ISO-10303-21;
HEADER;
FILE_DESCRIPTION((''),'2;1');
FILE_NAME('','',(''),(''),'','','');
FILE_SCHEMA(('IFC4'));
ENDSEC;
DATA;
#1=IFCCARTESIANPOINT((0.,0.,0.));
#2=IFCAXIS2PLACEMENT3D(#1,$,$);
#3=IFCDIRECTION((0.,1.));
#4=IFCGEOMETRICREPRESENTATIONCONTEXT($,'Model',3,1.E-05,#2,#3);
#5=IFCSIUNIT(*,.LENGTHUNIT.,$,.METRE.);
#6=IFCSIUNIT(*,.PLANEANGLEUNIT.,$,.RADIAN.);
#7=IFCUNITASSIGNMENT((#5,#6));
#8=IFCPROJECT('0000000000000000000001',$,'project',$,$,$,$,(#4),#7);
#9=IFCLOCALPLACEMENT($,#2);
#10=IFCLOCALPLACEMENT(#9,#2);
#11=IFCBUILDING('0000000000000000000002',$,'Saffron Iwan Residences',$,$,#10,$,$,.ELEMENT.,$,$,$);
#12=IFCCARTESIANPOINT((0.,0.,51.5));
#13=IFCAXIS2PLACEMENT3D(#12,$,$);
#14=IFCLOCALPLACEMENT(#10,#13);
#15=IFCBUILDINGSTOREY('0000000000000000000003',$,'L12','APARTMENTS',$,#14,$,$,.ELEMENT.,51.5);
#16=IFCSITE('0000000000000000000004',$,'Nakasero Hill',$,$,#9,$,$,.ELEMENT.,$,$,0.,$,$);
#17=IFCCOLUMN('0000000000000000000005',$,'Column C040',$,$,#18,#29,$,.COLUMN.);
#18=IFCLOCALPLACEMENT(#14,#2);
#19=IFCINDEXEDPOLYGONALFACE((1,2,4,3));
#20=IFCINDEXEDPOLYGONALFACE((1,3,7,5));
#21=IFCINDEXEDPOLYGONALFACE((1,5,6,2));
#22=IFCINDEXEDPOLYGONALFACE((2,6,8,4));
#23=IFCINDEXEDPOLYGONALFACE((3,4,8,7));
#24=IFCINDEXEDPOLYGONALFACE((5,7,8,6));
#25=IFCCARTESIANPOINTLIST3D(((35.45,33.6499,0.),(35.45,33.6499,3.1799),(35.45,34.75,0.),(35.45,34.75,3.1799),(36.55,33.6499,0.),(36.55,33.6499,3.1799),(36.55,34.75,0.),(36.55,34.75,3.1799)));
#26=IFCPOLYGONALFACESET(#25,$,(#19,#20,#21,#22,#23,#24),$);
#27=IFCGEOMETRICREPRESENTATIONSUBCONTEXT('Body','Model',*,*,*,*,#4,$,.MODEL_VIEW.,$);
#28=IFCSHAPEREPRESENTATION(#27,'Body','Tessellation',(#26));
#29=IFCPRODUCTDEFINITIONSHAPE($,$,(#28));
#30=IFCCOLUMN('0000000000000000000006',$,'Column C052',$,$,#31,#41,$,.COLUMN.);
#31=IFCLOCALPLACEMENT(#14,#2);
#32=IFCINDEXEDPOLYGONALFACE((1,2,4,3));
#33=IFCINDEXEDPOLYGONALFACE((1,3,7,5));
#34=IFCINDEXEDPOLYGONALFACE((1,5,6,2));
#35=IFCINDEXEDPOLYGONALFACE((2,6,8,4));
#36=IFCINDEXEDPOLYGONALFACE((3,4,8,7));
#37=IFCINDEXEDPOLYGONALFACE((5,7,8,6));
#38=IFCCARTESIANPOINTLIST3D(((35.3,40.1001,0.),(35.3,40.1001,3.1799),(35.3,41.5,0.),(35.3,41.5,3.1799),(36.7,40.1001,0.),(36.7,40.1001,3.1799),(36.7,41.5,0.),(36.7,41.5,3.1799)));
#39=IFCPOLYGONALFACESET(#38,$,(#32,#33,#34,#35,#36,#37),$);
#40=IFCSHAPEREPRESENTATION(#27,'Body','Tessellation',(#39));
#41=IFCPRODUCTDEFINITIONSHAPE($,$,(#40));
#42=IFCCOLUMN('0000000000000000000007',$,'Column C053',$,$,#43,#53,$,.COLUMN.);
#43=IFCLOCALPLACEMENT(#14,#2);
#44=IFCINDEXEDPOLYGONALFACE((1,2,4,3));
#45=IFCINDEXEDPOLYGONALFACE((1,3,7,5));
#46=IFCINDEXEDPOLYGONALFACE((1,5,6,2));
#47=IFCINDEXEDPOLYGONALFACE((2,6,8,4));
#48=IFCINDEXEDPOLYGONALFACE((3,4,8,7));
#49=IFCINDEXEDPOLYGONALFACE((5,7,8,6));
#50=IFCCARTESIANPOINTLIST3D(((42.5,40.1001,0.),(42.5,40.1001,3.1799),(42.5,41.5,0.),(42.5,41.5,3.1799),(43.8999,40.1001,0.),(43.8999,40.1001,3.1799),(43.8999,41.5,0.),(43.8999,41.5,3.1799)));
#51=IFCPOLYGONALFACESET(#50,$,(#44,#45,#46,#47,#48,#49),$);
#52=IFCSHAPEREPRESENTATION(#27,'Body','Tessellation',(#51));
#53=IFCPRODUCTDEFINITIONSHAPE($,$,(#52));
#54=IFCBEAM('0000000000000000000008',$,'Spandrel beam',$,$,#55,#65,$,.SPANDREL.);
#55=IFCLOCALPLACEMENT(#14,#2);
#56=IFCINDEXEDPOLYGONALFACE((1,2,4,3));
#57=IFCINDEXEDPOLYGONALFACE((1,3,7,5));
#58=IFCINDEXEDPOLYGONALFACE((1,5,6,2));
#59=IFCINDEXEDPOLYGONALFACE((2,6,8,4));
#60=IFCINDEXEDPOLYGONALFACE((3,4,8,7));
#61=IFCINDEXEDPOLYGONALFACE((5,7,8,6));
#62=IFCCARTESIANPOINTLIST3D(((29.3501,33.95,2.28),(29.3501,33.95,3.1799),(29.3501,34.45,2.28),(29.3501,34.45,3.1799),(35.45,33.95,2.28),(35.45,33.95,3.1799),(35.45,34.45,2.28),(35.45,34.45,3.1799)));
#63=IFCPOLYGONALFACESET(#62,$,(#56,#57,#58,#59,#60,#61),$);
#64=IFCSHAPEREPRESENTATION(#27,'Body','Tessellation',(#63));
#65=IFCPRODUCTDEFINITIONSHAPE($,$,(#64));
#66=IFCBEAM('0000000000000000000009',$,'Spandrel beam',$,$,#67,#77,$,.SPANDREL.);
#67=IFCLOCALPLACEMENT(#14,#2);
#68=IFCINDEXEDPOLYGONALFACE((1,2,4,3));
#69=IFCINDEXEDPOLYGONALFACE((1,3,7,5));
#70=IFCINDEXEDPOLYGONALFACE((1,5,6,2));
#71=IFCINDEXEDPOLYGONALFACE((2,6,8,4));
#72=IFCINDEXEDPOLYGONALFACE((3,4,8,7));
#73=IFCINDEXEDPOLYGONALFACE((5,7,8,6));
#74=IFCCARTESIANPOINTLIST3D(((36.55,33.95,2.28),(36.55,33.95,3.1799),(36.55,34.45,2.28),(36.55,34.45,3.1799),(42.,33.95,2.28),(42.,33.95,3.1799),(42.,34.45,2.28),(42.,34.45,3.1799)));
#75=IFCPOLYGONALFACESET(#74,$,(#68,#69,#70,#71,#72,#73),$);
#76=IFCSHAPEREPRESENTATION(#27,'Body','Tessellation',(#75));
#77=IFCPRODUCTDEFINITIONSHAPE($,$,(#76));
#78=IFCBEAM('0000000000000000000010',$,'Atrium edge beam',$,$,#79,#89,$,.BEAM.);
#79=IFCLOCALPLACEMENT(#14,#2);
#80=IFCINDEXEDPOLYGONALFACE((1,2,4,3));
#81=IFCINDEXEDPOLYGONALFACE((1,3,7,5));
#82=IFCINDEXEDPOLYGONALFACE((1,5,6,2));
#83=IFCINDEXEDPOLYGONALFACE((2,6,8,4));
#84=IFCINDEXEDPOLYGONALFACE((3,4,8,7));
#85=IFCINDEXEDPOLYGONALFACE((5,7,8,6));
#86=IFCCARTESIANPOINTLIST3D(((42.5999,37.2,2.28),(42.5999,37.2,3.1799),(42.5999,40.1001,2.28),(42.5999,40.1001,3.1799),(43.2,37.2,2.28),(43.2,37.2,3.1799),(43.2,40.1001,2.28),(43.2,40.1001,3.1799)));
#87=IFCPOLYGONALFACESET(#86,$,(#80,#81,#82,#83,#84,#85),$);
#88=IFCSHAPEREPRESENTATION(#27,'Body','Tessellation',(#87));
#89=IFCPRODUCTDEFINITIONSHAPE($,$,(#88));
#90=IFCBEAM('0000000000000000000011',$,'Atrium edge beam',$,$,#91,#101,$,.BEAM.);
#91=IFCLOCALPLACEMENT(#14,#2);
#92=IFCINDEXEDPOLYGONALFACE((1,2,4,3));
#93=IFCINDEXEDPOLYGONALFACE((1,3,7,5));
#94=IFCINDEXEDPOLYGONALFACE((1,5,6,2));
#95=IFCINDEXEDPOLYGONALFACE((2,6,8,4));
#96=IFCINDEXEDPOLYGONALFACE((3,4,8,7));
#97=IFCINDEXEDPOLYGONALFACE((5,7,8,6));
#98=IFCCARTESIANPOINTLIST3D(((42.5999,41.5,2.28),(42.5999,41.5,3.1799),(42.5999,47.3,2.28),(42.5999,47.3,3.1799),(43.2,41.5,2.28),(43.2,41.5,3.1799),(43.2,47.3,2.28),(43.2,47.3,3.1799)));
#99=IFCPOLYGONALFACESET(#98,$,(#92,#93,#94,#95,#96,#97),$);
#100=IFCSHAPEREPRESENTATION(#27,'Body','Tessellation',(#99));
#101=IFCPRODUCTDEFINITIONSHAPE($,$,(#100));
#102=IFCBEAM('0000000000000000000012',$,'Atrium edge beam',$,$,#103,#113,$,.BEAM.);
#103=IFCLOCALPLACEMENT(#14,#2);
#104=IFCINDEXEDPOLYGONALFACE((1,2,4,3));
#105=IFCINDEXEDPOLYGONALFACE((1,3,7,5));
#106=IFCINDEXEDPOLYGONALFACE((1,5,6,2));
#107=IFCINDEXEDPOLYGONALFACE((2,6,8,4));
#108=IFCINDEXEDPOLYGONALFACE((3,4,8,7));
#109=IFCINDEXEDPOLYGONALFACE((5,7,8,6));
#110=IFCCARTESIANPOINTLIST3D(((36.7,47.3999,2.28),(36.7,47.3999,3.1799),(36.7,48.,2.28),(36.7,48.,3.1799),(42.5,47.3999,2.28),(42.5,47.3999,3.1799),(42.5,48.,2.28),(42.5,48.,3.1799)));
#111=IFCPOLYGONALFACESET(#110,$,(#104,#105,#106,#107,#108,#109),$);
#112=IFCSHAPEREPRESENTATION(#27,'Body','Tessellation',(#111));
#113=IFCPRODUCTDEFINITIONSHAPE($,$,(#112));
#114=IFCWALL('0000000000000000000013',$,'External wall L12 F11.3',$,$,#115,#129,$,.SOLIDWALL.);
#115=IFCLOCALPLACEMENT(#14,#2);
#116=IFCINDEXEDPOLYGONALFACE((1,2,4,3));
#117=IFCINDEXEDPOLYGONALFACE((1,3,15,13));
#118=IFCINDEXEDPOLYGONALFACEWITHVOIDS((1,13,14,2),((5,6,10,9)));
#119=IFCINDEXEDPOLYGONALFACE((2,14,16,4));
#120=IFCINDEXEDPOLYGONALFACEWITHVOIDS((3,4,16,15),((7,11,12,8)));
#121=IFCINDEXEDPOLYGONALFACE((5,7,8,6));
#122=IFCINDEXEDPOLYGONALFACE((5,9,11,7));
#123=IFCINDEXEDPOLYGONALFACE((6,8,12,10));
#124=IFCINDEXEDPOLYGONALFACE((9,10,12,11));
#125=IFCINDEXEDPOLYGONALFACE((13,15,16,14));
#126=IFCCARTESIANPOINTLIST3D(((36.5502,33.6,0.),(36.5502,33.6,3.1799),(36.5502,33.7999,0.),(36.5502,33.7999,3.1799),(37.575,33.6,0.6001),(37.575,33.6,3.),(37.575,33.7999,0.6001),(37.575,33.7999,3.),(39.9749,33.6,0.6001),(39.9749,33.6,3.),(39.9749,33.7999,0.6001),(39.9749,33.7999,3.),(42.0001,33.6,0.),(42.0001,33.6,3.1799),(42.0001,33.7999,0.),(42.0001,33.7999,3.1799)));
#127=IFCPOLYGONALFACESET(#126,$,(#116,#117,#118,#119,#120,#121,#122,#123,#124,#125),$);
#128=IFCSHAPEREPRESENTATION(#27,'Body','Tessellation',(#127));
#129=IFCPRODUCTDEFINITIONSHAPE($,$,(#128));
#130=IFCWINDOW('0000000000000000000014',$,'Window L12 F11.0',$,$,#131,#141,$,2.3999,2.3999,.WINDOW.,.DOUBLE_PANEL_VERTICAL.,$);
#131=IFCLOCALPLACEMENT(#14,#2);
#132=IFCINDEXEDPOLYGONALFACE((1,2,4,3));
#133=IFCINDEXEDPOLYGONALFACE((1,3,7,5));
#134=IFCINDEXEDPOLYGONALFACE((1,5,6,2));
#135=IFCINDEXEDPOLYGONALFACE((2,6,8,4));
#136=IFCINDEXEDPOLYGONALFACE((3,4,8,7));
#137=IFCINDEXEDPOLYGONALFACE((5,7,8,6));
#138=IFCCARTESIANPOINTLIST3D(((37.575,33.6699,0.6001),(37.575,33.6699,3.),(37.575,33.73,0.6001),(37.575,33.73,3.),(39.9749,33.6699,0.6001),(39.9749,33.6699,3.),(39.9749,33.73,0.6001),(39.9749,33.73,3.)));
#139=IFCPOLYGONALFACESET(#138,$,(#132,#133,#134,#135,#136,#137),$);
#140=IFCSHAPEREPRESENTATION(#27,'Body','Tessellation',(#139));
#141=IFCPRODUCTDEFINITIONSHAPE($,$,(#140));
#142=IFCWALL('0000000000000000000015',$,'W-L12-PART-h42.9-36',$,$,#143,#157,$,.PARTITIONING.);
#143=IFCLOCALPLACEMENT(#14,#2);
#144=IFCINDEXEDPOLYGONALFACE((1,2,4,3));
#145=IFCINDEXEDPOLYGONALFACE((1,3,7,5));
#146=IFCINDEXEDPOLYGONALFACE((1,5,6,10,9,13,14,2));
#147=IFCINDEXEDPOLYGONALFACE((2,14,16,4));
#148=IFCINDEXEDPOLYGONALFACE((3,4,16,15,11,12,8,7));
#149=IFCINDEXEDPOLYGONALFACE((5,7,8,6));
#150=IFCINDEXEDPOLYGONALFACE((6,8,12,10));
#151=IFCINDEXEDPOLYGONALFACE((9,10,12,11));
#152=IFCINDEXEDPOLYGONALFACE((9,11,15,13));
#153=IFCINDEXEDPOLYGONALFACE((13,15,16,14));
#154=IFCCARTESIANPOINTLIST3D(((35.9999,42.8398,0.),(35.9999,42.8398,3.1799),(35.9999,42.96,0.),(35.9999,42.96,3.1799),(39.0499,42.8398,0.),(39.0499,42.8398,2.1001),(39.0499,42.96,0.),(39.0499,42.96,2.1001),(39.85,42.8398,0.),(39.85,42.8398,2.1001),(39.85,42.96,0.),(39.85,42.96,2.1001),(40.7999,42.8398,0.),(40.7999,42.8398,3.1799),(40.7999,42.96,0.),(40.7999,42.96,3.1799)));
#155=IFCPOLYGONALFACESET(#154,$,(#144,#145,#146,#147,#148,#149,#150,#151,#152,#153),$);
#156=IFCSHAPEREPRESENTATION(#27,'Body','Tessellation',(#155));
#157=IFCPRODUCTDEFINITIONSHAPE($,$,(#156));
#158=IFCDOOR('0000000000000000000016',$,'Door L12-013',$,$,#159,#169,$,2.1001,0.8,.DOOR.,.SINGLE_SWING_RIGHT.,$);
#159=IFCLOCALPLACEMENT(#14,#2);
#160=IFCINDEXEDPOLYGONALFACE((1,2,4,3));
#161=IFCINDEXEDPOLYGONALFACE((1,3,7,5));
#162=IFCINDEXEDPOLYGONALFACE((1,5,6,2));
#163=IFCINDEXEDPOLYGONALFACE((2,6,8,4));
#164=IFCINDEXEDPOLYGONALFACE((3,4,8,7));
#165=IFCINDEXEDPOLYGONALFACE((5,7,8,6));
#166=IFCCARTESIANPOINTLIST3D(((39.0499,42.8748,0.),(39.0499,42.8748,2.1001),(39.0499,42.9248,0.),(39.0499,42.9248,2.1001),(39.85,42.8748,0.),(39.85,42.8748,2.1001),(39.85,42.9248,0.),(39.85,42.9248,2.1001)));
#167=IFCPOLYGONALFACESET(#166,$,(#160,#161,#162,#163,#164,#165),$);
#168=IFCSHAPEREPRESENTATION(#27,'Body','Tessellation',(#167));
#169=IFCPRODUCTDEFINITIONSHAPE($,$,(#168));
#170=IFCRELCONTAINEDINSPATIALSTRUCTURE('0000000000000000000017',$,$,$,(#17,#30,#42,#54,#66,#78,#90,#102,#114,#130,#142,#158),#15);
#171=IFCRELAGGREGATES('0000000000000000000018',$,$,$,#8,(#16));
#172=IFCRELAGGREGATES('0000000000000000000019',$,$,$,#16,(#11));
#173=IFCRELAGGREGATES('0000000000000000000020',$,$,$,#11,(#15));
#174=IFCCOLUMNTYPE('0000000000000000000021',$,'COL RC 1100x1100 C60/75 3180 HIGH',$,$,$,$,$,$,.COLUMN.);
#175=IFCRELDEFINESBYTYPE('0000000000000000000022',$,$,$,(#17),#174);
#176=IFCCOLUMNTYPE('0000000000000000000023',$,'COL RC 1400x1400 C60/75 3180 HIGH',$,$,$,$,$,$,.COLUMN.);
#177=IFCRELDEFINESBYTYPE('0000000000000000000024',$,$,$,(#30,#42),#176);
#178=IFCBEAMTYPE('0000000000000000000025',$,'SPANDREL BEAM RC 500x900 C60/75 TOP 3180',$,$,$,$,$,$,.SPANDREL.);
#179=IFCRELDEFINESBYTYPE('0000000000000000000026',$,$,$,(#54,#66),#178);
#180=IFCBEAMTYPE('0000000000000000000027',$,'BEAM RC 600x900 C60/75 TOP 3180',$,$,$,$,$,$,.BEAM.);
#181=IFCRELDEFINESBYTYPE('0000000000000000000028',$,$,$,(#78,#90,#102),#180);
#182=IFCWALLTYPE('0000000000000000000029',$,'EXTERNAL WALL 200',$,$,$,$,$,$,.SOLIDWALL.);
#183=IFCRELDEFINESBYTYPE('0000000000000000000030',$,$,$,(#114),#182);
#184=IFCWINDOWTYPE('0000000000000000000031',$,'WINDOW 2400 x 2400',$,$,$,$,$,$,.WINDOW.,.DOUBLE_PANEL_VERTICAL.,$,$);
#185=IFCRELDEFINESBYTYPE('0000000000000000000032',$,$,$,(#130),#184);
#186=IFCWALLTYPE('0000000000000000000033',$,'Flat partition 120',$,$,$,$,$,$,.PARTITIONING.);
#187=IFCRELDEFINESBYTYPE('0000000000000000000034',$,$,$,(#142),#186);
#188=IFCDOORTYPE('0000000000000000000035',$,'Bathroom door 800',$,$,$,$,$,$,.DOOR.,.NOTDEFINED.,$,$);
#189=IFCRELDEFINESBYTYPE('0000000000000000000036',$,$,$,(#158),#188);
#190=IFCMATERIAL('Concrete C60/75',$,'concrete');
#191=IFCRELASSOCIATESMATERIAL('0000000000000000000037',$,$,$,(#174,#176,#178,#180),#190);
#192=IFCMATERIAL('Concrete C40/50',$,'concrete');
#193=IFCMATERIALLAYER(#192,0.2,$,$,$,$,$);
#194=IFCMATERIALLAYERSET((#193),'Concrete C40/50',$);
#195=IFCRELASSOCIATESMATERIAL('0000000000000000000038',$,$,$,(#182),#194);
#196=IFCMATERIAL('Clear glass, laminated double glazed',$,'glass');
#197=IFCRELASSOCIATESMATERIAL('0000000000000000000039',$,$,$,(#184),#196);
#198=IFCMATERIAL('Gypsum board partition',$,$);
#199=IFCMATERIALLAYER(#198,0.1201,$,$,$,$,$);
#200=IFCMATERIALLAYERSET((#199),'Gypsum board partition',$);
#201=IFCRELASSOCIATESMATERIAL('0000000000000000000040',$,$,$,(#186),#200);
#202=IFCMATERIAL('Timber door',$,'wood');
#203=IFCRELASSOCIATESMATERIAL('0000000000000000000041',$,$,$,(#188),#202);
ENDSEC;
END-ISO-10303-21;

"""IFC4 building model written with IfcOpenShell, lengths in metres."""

from ifc_helpers import new_model, si_unit, direction, frame, frame_2d, origin, origin_2d, place, context, subcontext, project, spatial, rectangle, extrude, source, transform, mapped, material, layer, layer_set, material_profile, profile_set, type_object, element, fill, save


model = new_model("IFC4")

# Units and contexts
model_context = context("Model", 3, precision=1e-05, world=origin(), true_north=direction((0.0, 1.0)))
body_context = subcontext(model_context, "Body", "Model", "MODEL_VIEW")
ifc_project = project(units=[si_unit("LENGTHUNIT", "METRE"), si_unit("PLANEANGLEUNIT", "RADIAN")], contexts=[model_context])

# Site, building, storey
site_placement = place(None, origin())
site = spatial("IfcSite", under=ifc_project, at=site_placement, Name="Nakasero Hill", CompositionType="ELEMENT", RefElevation=0.0)
building_placement = place(site_placement, origin())
building = spatial("IfcBuilding", under=site, at=building_placement, Name="Saffron Iwan Residences", CompositionType="ELEMENT")
storey_placement = place(building_placement, frame((0.0, 0.0, 51.5)))
storey = spatial("IfcBuildingStorey", under=building, at=storey_placement, Name="L12", Description="APARTMENTS", CompositionType="ELEMENT", Elevation=51.5)

# Columns
ifc_material_1 = material(Name="Concrete C60/75", Category="concrete")
ifc_material_profile_1 = material_profile(ifc_material_1, rectangle(XDim=1.1001, YDim=1.1001, at=origin_2d()), Name="RC 1100x1100")
ifc_profile_set_1 = profile_set([ifc_material_profile_1], Name="Concrete C60/75")
column_type_1 = type_object("IfcColumnType", Name="COL RC 1100x1100 C60/75 3180 HIGH", PredefinedType="COLUMN", material=ifc_profile_set_1)
shared_shape_1 = source(origin(), body_context, "Body", "SweptSolid", [
    extrude(rectangle(XDim=1.1001, YDim=1.1001, at=origin_2d()), origin(), (0.0, 0.0, 1.0), 3.1799),
])
column_placement = place(storey_placement, frame((36.0, 34.2, 0.0), z_axis=(0.0, 0.0, 1.0), x_axis=(1.0, 0.0, 0.0)))
element("IfcColumn", 1, at=column_placement, inside=storey, type_object=column_type_1, Name="Column C040", PredefinedType="COLUMN", context=body_context, shape_type="MappedRepresentation", body=[
    mapped(shared_shape_1, transform((0.0, 0.0, 0.0))),
])
ifc_material_profile_2 = material_profile(ifc_material_1, rectangle(XDim=1.3999, YDim=1.3999, at=origin_2d()), Name="RC 1400x1400")
ifc_profile_set_2 = profile_set([ifc_material_profile_2], Name="Concrete C60/75")
column_type_2 = type_object("IfcColumnType", Name="COL RC 1400x1400 C60/75 3180 HIGH", PredefinedType="COLUMN", material=ifc_profile_set_2)
shared_shape_2 = source(origin(), body_context, "Body", "SweptSolid", [
    extrude(rectangle(XDim=1.3999, YDim=1.3999, at=origin_2d()), origin(), (0.0, 0.0, 1.0), 3.1799),
])
for number, where, z_axis, x_axis, name in (
    (2, (36.0, 40.8, 0.0), (0.0, 0.0, 1.0), (1.0, 0.0, 0.0), "Column C052"),
    (3, (43.2, 40.8, 0.0), (0.0, 0.0, 1.0), (1.0, 0.0, 0.0), "Column C053"),
):
    element("IfcColumn", number, at=place(storey_placement, frame(where, z_axis=z_axis, x_axis=x_axis)), inside=storey, type_object=column_type_2, Name=name, PredefinedType="COLUMN", context=body_context, shape_type="MappedRepresentation", body=[
        mapped(shared_shape_2, transform((0.0, 0.0, 0.0))),
    ])

# Beams
ifc_material_profile_3 = material_profile(ifc_material_1, rectangle(XDim=0.5, YDim=0.8999, at=origin_2d()), Name="RC 500x900")
ifc_profile_set_3 = profile_set([ifc_material_profile_3], Name="Concrete C60/75")
beam_type_1 = type_object("IfcBeamType", Name="SPANDREL BEAM RC 500x900 C60/75 TOP 3180", PredefinedType="SPANDREL", material=ifc_profile_set_3)
shared_shape_3 = source(origin(), body_context, "Body", "SweptSolid", [
    extrude(rectangle(XDim=0.5, YDim=0.8999, at=origin_2d()), origin(), (0.0, 0.0, 1.0), 6.0999),
])
beam_1_placement = place(storey_placement, frame((35.45, 34.2, 2.73), z_axis=(-1.0, 0.0, 0.0), x_axis=(0.0, -1.0, 0.0)))
element("IfcBeam", 4, at=beam_1_placement, inside=storey, type_object=beam_type_1, Name="Spandrel beam", PredefinedType="SPANDREL", context=body_context, shape_type="MappedRepresentation", body=[
    mapped(shared_shape_3, transform((0.0, 0.0, 0.0))),
])
shared_shape_4 = source(origin(), body_context, "Body", "SweptSolid", [
    extrude(rectangle(XDim=0.5, YDim=0.8999, at=origin_2d()), origin(), (0.0, 0.0, 1.0), 5.45),
])
beam_2_placement = place(storey_placement, frame((42.0, 34.2, 2.73), z_axis=(-1.0, 0.0, 0.0), x_axis=(0.0, -1.0, 0.0)))
element("IfcBeam", 5, at=beam_2_placement, inside=storey, type_object=beam_type_1, Name="Spandrel beam", PredefinedType="SPANDREL", context=body_context, shape_type="MappedRepresentation", body=[
    mapped(shared_shape_4, transform((0.0, 0.0, 0.0))),
])
ifc_material_profile_4 = material_profile(ifc_material_1, rectangle(XDim=0.6001, YDim=0.8999, at=origin_2d()), Name="RC 600x900")
ifc_profile_set_4 = profile_set([ifc_material_profile_4], Name="Concrete C60/75")
beam_type_2 = type_object("IfcBeamType", Name="BEAM RC 600x900 C60/75 TOP 3180", PredefinedType="BEAM", material=ifc_profile_set_4)
shared_shape_5 = source(origin(), body_context, "Body", "SweptSolid", [
    extrude(rectangle(XDim=0.6001, YDim=0.8999, at=origin_2d()), origin(), (0.0, 0.0, 1.0), 2.9001),
])
beam_3_placement = place(storey_placement, frame((42.8999, 37.2, 2.73), z_axis=(0.0, 1.0, 0.0), x_axis=(-1.0, 0.0, 0.0)))
element("IfcBeam", 6, at=beam_3_placement, inside=storey, type_object=beam_type_2, Name="Atrium edge beam", PredefinedType="BEAM", context=body_context, shape_type="MappedRepresentation", body=[
    mapped(shared_shape_5, transform((0.0, 0.0, 0.0))),
])
shared_shape_6 = source(origin(), body_context, "Body", "SweptSolid", [
    extrude(rectangle(XDim=0.6001, YDim=0.8999, at=origin_2d()), origin(), (0.0, 0.0, 1.0), 5.8),
])
for number, where, z_axis, x_axis, name in (
    (7, (42.8999, 41.5, 2.73), (0.0, 1.0, 0.0), (-1.0, 0.0, 0.0), "Atrium edge beam"),
    (8, (42.5, 47.7, 2.73), (-1.0, 0.0, 0.0), (0.0, -1.0, 0.0), "Atrium edge beam"),
):
    element("IfcBeam", number, at=place(storey_placement, frame(where, z_axis=z_axis, x_axis=x_axis)), inside=storey, type_object=beam_type_2, Name=name, PredefinedType="BEAM", context=body_context, shape_type="MappedRepresentation", body=[
        mapped(shared_shape_6, transform((0.0, 0.0, 0.0))),
    ])

# Wall, opening, window
ifc_material_2 = material(Name="Concrete C40/50", Category="concrete")
ifc_layer_1 = layer(ifc_material_2, 0.2)
ifc_layer_set_1 = layer_set([ifc_layer_1], Name="Concrete C40/50")
wall_type_1 = type_object("IfcWallType", Name="EXTERNAL WALL 200", PredefinedType="SOLIDWALL", material=ifc_layer_set_1)
wall_1_placement = place(storey_placement, frame((36.55, 33.7, 0.0), z_axis=(0.0, 0.0, 1.0), x_axis=(1.0, 0.0, 0.0)))
wall_1 = element("IfcWall", 9, at=wall_1_placement, inside=storey, type_object=wall_type_1, Name="External wall L12 F11.3", PredefinedType="SOLIDWALL", context=body_context, shape_type="SweptSolid", body=[
    extrude(rectangle(XDim=5.45, YDim=0.2, at=frame_2d((2.7251, 0.0))), origin(), (0.0, 0.0, 1.0), 3.1799),
])
opening_1_placement = place(wall_1_placement, frame((1.0249, 0.0, 0.6001)))
opening_1 = element("IfcOpeningElement", 10, at=opening_1_placement, cuts=wall_1, PredefinedType="OPENING", context=body_context, shape_type="SweptSolid", body=[
    extrude(rectangle(XDim=2.3999, YDim=2.3999, at=frame_2d((1.2, 1.2))), frame((0.0, 0.1099, 0.0), z_axis=(0.0, -1.0, 0.0), x_axis=(1.0, 0.0, 0.0)), (0.0, 0.0, 1.0), 0.22),
])
ifc_material_3 = material(Name="Clear glass, laminated double glazed", Category="glass")
window_type = type_object("IfcWindowType", Name="WINDOW 2400 x 2400", PartitioningType="DOUBLE_PANEL_VERTICAL", PredefinedType="WINDOW", material=ifc_material_3)
window_placement = place(opening_1_placement, origin())
window = element("IfcWindow", 11, at=window_placement, inside=storey, type_object=window_type, Name="Window L12 F11.0", OverallHeight=2.3999, OverallWidth=2.3999, PartitioningType="DOUBLE_PANEL_VERTICAL", PredefinedType="WINDOW", context=body_context, shape_type="SweptSolid", body=[
    extrude(rectangle(XDim=2.3999, YDim=2.3999, at=frame_2d((1.2, 1.2))), frame((0.0, 0.03, 0.0), z_axis=(0.0, -1.0, 0.0), x_axis=(1.0, 0.0, 0.0)), (0.0, 0.0, 1.0), 0.0601),
])
fill(opening_1, window)

# Wall, opening, door
ifc_material_4 = material(Name="Gypsum board partition")
ifc_layer_2 = layer(ifc_material_4, 0.1201)
ifc_layer_set_2 = layer_set([ifc_layer_2], Name="Gypsum board partition")
wall_type_2 = type_object("IfcWallType", Name="Flat partition 120", PredefinedType="PARTITIONING", material=ifc_layer_set_2)
wall_2_placement = place(storey_placement, frame((36.0, 42.8999, 0.0), z_axis=(0.0, 0.0, 1.0), x_axis=(1.0, 0.0, 0.0)))
wall_2 = element("IfcWall", 12, at=wall_2_placement, inside=storey, type_object=wall_type_2, Name="W-L12-PART-h42.9-36", PredefinedType="PARTITIONING", context=body_context, shape_type="SweptSolid", body=[
    extrude(rectangle(XDim=4.8, YDim=0.1201, at=frame_2d((2.3999, 0.0))), origin(), (0.0, 0.0, 1.0), 3.1799),
])
opening_2_placement = place(wall_2_placement, frame((3.05, 0.0, 0.0)))
opening_2 = element("IfcOpeningElement", 13, at=opening_2_placement, cuts=wall_2, PredefinedType="OPENING", context=body_context, shape_type="SweptSolid", body=[
    extrude(rectangle(XDim=0.8, YDim=2.1001, at=frame_2d((0.3999, 1.05))), frame((0.0, 0.0701, 0.0), z_axis=(0.0, -1.0, 0.0), x_axis=(1.0, 0.0, 0.0)), (0.0, 0.0, 1.0), 0.1401),
])
ifc_material_5 = material(Name="Timber door", Category="wood")
door_type = type_object("IfcDoorType", Name="Bathroom door 800", OperationType="NOTDEFINED", PredefinedType="DOOR", material=ifc_material_5)
door_1_placement = place(opening_2_placement, origin())
door_1 = element("IfcDoor", 14, at=door_1_placement, inside=storey, type_object=door_type, Name="Door L12-013", OperationType="SINGLE_SWING_RIGHT", OverallHeight=2.1001, OverallWidth=0.8, PredefinedType="DOOR", context=body_context, shape_type="SweptSolid", body=[
    extrude(rectangle(XDim=0.8, YDim=2.1001, at=frame_2d((0.3999, 1.05))), frame((0.0, 0.0249, 0.0), z_axis=(0.0, -1.0, 0.0), x_axis=(1.0, 0.0, 0.0)), (0.0, 0.0, 1.0), 0.05),
])
fill(opening_2, door_1)

save(model, "model.ifc")
